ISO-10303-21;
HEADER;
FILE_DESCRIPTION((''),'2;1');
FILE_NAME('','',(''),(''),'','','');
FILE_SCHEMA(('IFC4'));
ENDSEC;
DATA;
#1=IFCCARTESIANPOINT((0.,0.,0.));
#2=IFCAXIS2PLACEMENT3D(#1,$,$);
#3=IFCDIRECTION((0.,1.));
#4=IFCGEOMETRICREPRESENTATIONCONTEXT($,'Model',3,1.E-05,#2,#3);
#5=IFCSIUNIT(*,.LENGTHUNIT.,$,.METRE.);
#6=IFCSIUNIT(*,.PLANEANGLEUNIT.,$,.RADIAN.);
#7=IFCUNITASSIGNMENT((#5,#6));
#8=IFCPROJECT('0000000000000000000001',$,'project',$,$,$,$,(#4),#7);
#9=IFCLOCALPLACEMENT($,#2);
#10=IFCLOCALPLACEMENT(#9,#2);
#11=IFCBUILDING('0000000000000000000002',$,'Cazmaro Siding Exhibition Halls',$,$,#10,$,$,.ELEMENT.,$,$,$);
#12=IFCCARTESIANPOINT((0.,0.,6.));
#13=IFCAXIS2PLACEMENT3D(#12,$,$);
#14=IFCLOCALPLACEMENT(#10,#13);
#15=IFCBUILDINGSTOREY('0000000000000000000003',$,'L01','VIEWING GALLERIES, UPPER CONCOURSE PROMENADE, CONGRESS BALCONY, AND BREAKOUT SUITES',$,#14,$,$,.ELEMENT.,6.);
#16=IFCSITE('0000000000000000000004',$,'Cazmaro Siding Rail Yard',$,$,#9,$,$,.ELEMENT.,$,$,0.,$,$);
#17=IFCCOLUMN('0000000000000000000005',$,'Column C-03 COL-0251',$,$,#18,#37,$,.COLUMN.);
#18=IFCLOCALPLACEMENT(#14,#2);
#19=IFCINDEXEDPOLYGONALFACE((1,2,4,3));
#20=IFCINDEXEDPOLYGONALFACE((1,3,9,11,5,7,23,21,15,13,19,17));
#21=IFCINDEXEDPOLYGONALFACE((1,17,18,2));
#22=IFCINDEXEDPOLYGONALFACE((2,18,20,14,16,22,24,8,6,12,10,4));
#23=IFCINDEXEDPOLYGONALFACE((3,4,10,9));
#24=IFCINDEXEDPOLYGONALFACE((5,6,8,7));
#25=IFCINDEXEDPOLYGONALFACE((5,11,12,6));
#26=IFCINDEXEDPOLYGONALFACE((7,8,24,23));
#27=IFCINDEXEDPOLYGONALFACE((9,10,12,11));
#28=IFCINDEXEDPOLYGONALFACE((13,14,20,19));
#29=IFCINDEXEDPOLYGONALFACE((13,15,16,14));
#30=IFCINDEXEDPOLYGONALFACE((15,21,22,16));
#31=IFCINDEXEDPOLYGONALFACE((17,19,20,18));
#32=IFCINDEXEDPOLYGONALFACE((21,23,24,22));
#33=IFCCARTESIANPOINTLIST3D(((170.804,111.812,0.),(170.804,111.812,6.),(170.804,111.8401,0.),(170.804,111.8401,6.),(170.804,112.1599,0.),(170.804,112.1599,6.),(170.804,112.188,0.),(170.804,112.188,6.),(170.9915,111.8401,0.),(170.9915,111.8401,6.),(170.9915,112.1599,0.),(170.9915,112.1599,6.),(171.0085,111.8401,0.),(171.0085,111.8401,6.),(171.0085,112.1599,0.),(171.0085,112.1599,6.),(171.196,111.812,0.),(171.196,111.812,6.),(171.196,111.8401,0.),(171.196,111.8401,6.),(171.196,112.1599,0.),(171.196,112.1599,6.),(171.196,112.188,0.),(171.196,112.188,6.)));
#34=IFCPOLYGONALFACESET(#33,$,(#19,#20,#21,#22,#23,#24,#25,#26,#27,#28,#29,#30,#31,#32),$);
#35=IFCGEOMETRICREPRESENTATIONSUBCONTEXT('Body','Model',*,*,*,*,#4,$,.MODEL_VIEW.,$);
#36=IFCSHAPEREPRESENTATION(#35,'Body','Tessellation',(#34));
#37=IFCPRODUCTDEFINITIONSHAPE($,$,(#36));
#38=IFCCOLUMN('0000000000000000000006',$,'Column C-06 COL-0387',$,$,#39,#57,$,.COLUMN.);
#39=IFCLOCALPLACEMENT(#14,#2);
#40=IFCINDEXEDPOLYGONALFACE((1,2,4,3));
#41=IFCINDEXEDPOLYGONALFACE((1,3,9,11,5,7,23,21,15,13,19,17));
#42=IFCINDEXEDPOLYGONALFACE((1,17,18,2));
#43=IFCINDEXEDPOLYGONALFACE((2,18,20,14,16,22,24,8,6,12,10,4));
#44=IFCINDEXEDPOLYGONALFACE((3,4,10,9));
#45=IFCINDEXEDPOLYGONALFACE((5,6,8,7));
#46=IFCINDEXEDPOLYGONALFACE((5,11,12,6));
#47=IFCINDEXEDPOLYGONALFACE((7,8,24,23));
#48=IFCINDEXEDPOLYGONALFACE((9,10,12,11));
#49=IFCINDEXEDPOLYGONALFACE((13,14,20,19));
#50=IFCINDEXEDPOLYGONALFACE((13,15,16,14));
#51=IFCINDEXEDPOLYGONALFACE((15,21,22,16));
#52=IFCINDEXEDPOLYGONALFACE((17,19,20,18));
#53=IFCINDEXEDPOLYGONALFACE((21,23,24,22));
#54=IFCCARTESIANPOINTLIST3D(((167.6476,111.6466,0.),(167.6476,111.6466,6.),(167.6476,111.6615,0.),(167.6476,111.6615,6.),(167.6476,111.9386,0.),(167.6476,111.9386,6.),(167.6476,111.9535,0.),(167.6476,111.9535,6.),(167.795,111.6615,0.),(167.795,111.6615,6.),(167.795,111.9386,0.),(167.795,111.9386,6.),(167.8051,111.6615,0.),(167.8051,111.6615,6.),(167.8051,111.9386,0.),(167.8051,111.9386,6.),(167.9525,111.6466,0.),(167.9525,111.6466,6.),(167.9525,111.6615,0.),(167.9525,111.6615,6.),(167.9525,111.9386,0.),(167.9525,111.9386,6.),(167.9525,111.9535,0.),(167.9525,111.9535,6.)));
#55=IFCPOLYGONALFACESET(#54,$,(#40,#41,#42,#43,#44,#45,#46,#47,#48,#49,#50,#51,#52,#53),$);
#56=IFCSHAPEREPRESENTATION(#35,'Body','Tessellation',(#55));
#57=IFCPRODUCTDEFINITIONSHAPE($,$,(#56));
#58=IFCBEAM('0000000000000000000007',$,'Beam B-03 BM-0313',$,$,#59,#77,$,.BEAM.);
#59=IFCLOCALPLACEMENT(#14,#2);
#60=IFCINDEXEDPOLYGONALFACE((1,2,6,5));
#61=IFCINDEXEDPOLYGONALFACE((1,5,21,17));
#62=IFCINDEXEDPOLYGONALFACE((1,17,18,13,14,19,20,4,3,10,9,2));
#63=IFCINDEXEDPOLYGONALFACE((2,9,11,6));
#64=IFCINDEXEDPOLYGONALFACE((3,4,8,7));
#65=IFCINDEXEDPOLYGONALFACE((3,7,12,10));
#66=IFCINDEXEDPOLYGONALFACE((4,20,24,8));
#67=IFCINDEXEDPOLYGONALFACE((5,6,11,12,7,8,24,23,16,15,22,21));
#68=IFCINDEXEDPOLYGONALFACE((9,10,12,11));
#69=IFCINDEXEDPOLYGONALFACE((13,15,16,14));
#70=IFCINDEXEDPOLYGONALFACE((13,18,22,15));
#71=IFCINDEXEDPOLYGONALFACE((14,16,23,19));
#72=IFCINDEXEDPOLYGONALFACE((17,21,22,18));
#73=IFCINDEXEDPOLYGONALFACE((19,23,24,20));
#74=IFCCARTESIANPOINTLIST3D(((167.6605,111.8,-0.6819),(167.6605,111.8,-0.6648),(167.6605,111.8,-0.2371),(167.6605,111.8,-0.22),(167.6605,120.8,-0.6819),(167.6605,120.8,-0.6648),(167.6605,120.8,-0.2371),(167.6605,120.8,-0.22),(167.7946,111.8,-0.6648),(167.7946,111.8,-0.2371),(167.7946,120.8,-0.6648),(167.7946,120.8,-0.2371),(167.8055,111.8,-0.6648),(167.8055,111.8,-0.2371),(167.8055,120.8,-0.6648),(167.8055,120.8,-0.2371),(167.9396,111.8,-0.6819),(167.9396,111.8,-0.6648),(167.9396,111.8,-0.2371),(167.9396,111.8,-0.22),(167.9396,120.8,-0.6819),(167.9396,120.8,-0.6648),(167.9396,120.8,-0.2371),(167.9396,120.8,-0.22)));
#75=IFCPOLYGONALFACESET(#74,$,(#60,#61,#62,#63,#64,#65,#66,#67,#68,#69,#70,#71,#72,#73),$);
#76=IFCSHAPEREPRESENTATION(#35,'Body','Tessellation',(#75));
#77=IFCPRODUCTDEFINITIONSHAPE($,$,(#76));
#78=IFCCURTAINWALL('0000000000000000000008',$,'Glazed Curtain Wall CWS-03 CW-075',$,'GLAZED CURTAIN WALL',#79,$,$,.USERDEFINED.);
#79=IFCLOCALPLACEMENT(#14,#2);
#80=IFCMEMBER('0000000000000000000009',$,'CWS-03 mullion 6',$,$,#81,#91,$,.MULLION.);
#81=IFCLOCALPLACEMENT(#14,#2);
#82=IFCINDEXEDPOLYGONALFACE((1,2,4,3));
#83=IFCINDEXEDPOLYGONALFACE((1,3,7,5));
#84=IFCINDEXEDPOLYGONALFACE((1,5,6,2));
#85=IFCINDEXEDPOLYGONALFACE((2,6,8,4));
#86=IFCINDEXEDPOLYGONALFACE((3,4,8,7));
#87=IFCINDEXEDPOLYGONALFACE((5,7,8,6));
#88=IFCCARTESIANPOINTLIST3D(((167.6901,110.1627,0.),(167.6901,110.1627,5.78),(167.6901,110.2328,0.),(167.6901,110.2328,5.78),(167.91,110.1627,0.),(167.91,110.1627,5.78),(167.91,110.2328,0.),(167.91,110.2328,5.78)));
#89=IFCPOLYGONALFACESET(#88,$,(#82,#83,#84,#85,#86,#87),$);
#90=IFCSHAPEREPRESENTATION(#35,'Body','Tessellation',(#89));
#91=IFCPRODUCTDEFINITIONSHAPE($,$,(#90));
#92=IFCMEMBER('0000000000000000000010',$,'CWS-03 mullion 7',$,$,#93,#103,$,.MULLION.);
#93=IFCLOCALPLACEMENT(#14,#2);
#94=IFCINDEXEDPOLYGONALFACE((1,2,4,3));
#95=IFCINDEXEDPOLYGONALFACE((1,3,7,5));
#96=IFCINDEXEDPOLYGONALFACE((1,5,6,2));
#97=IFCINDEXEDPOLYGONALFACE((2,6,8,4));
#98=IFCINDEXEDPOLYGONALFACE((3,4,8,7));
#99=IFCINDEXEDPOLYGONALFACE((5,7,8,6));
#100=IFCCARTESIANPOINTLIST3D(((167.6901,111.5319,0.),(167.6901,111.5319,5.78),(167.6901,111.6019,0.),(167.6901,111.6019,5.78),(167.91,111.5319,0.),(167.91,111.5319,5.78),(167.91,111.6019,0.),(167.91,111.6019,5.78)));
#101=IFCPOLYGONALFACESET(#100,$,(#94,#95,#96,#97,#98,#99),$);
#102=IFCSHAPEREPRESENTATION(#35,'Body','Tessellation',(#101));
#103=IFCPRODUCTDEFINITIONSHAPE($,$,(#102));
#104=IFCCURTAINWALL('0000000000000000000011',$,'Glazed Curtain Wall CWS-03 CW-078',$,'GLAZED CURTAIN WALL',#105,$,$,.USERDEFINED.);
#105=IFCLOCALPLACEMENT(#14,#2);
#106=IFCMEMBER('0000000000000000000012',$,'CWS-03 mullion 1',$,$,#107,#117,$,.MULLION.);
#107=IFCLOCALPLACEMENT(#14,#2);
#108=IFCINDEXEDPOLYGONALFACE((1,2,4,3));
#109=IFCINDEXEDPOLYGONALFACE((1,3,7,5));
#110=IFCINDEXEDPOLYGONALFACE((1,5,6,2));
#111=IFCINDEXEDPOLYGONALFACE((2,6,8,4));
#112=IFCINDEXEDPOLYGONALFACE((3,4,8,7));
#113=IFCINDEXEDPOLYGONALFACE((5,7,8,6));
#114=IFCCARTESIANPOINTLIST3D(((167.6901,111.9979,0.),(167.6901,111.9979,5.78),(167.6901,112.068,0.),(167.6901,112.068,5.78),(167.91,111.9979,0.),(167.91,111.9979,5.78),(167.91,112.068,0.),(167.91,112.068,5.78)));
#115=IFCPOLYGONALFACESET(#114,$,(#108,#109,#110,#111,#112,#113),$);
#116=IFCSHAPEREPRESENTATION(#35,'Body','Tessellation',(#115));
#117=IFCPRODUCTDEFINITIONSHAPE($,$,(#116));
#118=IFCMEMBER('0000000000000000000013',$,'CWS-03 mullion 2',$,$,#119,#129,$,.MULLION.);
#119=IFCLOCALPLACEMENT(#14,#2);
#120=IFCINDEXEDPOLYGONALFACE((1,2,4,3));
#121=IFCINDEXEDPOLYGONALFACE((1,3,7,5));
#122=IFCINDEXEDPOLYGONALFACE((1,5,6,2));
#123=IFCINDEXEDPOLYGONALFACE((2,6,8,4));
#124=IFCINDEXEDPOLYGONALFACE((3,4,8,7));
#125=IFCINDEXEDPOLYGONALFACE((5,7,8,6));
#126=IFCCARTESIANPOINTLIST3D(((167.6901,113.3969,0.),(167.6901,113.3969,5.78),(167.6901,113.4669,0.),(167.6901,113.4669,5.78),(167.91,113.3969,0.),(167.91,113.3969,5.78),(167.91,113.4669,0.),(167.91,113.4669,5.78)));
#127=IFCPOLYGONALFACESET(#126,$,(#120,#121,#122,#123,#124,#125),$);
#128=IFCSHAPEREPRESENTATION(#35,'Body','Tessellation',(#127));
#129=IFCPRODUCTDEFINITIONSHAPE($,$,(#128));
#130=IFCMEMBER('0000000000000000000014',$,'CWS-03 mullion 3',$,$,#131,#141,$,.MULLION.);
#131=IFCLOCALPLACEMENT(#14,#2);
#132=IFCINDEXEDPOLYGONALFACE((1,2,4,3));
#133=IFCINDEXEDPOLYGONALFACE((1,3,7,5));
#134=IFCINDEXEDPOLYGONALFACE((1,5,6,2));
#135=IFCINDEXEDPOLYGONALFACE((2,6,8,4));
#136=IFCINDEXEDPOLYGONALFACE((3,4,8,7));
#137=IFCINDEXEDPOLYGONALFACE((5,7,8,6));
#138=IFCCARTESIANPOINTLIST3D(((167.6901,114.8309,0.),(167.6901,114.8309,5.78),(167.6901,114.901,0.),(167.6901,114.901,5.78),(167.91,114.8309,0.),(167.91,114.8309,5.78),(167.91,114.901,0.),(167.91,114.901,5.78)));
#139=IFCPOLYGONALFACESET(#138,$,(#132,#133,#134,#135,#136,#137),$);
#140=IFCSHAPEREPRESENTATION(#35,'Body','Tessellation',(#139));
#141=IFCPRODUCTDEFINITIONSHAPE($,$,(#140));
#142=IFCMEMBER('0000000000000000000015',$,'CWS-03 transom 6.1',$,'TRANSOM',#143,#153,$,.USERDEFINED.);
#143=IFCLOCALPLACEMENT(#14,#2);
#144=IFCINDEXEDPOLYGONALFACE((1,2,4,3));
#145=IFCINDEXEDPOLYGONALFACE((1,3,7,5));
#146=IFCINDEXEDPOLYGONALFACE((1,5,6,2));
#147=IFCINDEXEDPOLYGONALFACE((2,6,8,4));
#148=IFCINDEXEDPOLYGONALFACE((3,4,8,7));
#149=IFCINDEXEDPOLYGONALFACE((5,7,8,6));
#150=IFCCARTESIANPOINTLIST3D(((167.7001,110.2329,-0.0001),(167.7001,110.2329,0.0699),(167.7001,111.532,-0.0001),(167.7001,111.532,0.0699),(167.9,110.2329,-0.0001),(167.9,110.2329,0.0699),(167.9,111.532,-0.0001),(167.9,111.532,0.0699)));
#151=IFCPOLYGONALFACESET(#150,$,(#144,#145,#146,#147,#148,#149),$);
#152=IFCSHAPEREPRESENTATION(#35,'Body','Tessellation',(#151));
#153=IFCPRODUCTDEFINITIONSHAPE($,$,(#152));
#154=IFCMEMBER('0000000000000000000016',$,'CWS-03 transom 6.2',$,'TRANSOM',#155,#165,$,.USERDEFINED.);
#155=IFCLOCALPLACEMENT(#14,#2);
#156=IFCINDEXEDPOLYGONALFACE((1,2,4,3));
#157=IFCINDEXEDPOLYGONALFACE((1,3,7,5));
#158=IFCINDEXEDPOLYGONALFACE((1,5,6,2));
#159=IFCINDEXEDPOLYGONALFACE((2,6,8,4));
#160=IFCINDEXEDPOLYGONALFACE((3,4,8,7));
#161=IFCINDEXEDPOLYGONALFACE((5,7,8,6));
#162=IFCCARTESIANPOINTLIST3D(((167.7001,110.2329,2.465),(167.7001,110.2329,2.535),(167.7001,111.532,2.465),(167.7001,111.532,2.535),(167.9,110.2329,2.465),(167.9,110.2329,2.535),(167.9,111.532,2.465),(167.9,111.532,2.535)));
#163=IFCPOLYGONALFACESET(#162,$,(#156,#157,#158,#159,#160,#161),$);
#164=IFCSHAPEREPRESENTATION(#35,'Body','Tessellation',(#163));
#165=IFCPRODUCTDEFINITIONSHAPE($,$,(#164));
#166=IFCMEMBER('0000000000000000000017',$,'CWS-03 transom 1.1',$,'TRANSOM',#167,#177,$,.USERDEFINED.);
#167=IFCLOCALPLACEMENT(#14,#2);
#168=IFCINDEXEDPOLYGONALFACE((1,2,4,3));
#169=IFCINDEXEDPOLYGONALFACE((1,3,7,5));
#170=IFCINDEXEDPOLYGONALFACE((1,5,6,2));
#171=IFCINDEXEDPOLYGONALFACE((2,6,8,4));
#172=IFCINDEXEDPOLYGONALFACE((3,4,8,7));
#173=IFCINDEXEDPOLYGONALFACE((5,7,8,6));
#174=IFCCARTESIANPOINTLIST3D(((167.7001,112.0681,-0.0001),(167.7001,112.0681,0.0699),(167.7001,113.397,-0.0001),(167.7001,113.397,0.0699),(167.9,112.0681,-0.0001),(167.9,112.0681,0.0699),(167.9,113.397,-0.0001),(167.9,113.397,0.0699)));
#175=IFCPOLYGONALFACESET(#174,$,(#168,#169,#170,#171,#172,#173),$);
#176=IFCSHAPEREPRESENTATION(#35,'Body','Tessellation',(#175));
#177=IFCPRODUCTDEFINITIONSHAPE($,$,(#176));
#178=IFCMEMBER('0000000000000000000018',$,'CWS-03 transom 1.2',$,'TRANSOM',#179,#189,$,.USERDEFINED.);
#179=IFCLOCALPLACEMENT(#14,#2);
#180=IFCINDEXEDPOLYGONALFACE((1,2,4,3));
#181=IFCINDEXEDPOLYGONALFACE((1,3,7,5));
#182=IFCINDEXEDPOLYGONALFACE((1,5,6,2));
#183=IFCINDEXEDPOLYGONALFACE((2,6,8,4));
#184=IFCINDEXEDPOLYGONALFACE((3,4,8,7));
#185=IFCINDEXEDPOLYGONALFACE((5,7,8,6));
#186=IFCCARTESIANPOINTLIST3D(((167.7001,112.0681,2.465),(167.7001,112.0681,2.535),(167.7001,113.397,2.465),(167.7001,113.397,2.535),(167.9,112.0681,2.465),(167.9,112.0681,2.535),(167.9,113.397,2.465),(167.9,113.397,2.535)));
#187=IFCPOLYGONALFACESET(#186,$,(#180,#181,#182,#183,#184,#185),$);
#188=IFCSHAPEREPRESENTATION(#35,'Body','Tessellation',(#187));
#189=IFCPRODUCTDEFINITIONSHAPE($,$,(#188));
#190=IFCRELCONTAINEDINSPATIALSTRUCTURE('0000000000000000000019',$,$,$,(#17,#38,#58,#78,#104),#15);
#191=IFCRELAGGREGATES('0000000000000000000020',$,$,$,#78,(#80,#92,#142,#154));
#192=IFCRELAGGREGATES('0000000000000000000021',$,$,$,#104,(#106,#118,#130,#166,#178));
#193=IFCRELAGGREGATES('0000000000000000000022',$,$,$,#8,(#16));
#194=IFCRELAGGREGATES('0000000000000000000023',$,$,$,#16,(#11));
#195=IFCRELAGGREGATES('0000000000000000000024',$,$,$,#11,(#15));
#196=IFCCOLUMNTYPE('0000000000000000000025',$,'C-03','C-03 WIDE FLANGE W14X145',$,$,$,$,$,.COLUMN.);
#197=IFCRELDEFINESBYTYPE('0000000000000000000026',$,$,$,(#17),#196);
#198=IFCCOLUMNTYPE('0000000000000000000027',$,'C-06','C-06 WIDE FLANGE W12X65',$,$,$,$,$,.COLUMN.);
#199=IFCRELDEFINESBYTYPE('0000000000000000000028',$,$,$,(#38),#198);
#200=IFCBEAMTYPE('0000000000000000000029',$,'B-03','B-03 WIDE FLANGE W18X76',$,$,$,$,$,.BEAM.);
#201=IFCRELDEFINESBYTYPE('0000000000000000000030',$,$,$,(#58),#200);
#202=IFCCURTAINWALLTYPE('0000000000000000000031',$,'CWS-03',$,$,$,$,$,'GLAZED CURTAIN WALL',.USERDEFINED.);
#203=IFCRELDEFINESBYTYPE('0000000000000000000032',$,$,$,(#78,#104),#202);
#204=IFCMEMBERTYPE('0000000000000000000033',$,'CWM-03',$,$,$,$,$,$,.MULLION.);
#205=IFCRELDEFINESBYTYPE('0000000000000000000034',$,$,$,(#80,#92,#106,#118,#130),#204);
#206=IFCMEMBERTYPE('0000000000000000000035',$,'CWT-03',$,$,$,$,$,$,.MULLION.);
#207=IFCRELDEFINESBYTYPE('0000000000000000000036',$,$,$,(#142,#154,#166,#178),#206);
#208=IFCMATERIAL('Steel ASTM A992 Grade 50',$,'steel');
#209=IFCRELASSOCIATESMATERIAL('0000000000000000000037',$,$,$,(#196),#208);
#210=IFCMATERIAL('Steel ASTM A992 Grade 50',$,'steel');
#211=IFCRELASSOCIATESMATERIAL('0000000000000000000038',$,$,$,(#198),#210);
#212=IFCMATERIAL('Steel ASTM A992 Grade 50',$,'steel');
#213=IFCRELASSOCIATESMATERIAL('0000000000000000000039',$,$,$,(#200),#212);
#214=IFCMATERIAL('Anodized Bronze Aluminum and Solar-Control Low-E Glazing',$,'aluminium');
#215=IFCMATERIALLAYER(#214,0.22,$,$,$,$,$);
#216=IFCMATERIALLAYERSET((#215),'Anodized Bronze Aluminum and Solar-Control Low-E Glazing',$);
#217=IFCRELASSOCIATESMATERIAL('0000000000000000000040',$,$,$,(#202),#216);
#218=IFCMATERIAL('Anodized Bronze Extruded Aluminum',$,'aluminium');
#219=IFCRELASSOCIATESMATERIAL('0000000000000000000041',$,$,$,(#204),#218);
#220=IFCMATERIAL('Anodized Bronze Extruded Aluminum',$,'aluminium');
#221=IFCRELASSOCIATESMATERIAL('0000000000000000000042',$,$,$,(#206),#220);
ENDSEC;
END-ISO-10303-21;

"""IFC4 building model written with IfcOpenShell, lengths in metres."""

from ifc_helpers import new_model, si_unit, direction, frame, origin, origin_2d, place, context, subcontext, project, spatial, rectangle, i_section, extrude, material, layer, layer_set, material_profile, profile_set, type_object, element, aggregate, save


model = new_model("IFC4")

# Units and contexts
model_context = context("Model", 3, precision=1e-05, world=origin(), true_north=direction((0.0, 1.0)))
body_context = subcontext(model_context, "Body", "Model", "MODEL_VIEW")
ifc_project = project(units=[si_unit("LENGTHUNIT", "METRE"), si_unit("PLANEANGLEUNIT", "RADIAN")], contexts=[model_context])

# Site, building, storey
site_placement = place(None, origin())
site = spatial("IfcSite", under=ifc_project, at=site_placement, Name="Cazmaro Siding Rail Yard", CompositionType="ELEMENT", RefElevation=0.0)
building_placement = place(site_placement, origin())
building = spatial("IfcBuilding", under=site, at=building_placement, Name="Cazmaro Siding Exhibition Halls", CompositionType="ELEMENT")
storey_placement = place(building_placement, frame((0.0, 0.0, 6.0)))
storey = spatial("IfcBuildingStorey", under=building, at=storey_placement, Name="L01", Description="VIEWING GALLERIES, UPPER CONCOURSE PROMENADE, CONGRESS BALCONY, AND BREAKOUT SUITES", CompositionType="ELEMENT", Elevation=6.0)

# Columns
ifc_material_1 = material(Name="Steel ASTM A992 Grade 50", Category="steel")
ifc_material_profile_1 = material_profile(ifc_material_1, i_section(OverallWidth=0.3921, OverallDepth=0.376, WebThickness=0.0171, FlangeThickness=0.0281, at=origin_2d()), Name="W14X145")
ifc_profile_set_1 = profile_set([ifc_material_profile_1], Name="Steel ASTM A992 Grade 50")
column_type_1 = type_object("IfcColumnType", Name="C-03", Description="C-03 WIDE FLANGE W14X145", PredefinedType="COLUMN", material=ifc_profile_set_1)
column_1_placement = place(storey_placement, frame((171.0, 112.0, 0.0), z_axis=(0.0, 0.0, 1.0), x_axis=(1.0, 0.0, 0.0)))
element("IfcColumn", 1, at=column_1_placement, inside=storey, type_object=column_type_1, Name="Column C-03 COL-0251", PredefinedType="COLUMN", context=body_context, shape_type="SweptSolid", body=[
    extrude(i_section(OverallWidth=0.3921, OverallDepth=0.376, WebThickness=0.0171, FlangeThickness=0.0281, at=origin_2d()), origin(), (0.0, 0.0, 1.0), 6.0),
])
ifc_material_2 = material(Name="Steel ASTM A992 Grade 50", Category="steel")
ifc_material_profile_2 = material_profile(ifc_material_2, i_section(OverallWidth=0.3049, OverallDepth=0.3069, WebThickness=0.01, FlangeThickness=0.0149, at=origin_2d()), Name="W12X65")
ifc_profile_set_2 = profile_set([ifc_material_profile_2], Name="Steel ASTM A992 Grade 50")
column_type_2 = type_object("IfcColumnType", Name="C-06", Description="C-06 WIDE FLANGE W12X65", PredefinedType="COLUMN", material=ifc_profile_set_2)
column_2_placement = place(storey_placement, frame((167.8, 111.8, 0.0), z_axis=(0.0, 0.0, 1.0), x_axis=(1.0, 0.0, 0.0)))
element("IfcColumn", 2, at=column_2_placement, inside=storey, type_object=column_type_2, Name="Column C-06 COL-0387", PredefinedType="COLUMN", context=body_context, shape_type="SweptSolid", body=[
    extrude(i_section(OverallWidth=0.3049, OverallDepth=0.3069, WebThickness=0.01, FlangeThickness=0.0149, at=origin_2d()), origin(), (0.0, 0.0, 1.0), 6.0),
])

# Beam
ifc_material_3 = material(Name="Steel ASTM A992 Grade 50", Category="steel")
ifc_material_profile_3 = material_profile(ifc_material_3, i_section(OverallWidth=0.2791, OverallDepth=0.4619, WebThickness=0.011, FlangeThickness=0.0171, at=origin_2d()), Name="W18X76")
ifc_profile_set_3 = profile_set([ifc_material_profile_3], Name="Steel ASTM A992 Grade 50")
beam_type_1 = type_object("IfcBeamType", Name="B-03", Description="B-03 WIDE FLANGE W18X76", PredefinedType="BEAM", material=ifc_profile_set_3)
beam_1_placement = place(storey_placement, frame((167.8, 111.8, -0.4509), z_axis=(0.0, 1.0, 0.0), x_axis=(-1.0, 0.0, 0.0)))
element("IfcBeam", 3, at=beam_1_placement, inside=storey, type_object=beam_type_1, Name="Beam B-03 BM-0313", PredefinedType="BEAM", context=body_context, shape_type="SweptSolid", body=[
    extrude(i_section(OverallWidth=0.2791, OverallDepth=0.4619, WebThickness=0.011, FlangeThickness=0.0171, at=origin_2d()), origin(), (0.0, 0.0, 1.0), 9.0),
])

# Curtain walls, members
ifc_material_4 = material(Name="Anodized Bronze Aluminum and Solar-Control Low-E Glazing", Category="aluminium")
ifc_layer_1 = layer(ifc_material_4, 0.22)
ifc_layer_set_1 = layer_set([ifc_layer_1], Name="Anodized Bronze Aluminum and Solar-Control Low-E Glazing")
curtain_wall_type = type_object("IfcCurtainWallType", Name="CWS-03", ElementType="GLAZED CURTAIN WALL", PredefinedType="USERDEFINED", material=ifc_layer_set_1)
curtain_wall_1_placement = place(storey_placement, origin())
curtain_wall_1 = element("IfcCurtainWall", 4, at=curtain_wall_1_placement, inside=storey, type_object=curtain_wall_type, Name="Glazed Curtain Wall CWS-03 CW-075", ObjectType="GLAZED CURTAIN WALL", PredefinedType="USERDEFINED")
ifc_material_5 = material(Name="Anodized Bronze Extruded Aluminum", Category="aluminium")
ifc_material_profile_4 = material_profile(ifc_material_5, rectangle(XDim=0.22, YDim=0.0701, at=origin_2d()), Name="CWM-03")
ifc_profile_set_4 = profile_set([ifc_material_profile_4], Name="Anodized Bronze Extruded Aluminum")
member_type_1 = type_object("IfcMemberType", Name="CWM-03", PredefinedType="MULLION", material=ifc_profile_set_4)
member_1_placement = place(storey_placement, frame((167.8, 110.1978, 0.0), z_axis=(0.0, 0.0, 1.0), x_axis=(-1.0, 0.0, 0.0)))
member_1 = element("IfcMember", 5, at=member_1_placement, type_object=member_type_1, Name="CWS-03 mullion 6", PredefinedType="MULLION", context=body_context, shape_type="SweptSolid", body=[
    extrude(rectangle(XDim=0.22, YDim=0.0701, at=origin_2d()), origin(), (0.0, 0.0, 1.0), 5.78),
])
member_2_placement = place(storey_placement, frame((167.8, 111.5669, 0.0), z_axis=(0.0, 0.0, 1.0), x_axis=(-1.0, 0.0, 0.0)))
member_2 = element("IfcMember", 6, at=member_2_placement, type_object=member_type_1, Name="CWS-03 mullion 7", PredefinedType="MULLION", context=body_context, shape_type="SweptSolid", body=[
    extrude(rectangle(XDim=0.22, YDim=0.0701, at=origin_2d()), origin(), (0.0, 0.0, 1.0), 5.78),
])
curtain_wall_2_placement = place(storey_placement, origin())
curtain_wall_2 = element("IfcCurtainWall", 7, at=curtain_wall_2_placement, inside=storey, type_object=curtain_wall_type, Name="Glazed Curtain Wall CWS-03 CW-078", ObjectType="GLAZED CURTAIN WALL", PredefinedType="USERDEFINED")
member_3_placement = place(storey_placement, frame((167.8, 112.033, 0.0), z_axis=(0.0, 0.0, 1.0), x_axis=(-1.0, 0.0, 0.0)))
member_3 = element("IfcMember", 8, at=member_3_placement, type_object=member_type_1, Name="CWS-03 mullion 1", PredefinedType="MULLION", context=body_context, shape_type="SweptSolid", body=[
    extrude(rectangle(XDim=0.22, YDim=0.0701, at=origin_2d()), origin(), (0.0, 0.0, 1.0), 5.78),
])
member_4_placement = place(storey_placement, frame((167.8, 113.4319, 0.0), z_axis=(0.0, 0.0, 1.0), x_axis=(-1.0, 0.0, 0.0)))
member_4 = element("IfcMember", 9, at=member_4_placement, type_object=member_type_1, Name="CWS-03 mullion 2", PredefinedType="MULLION", context=body_context, shape_type="SweptSolid", body=[
    extrude(rectangle(XDim=0.22, YDim=0.0701, at=origin_2d()), origin(), (0.0, 0.0, 1.0), 5.78),
])
member_5_placement = place(storey_placement, frame((167.8, 114.866, 0.0), z_axis=(0.0, 0.0, 1.0), x_axis=(-1.0, 0.0, 0.0)))
member_5 = element("IfcMember", 10, at=member_5_placement, type_object=member_type_1, Name="CWS-03 mullion 3", PredefinedType="MULLION", context=body_context, shape_type="SweptSolid", body=[
    extrude(rectangle(XDim=0.22, YDim=0.0701, at=origin_2d()), origin(), (0.0, 0.0, 1.0), 5.78),
])

# Members
ifc_material_6 = material(Name="Anodized Bronze Extruded Aluminum", Category="aluminium")
ifc_material_profile_5 = material_profile(ifc_material_6, rectangle(XDim=0.2, YDim=0.0701, at=origin_2d()), Name="CWT-03")
ifc_profile_set_5 = profile_set([ifc_material_profile_5], Name="Anodized Bronze Extruded Aluminum")
member_type_2 = type_object("IfcMemberType", Name="CWT-03", PredefinedType="MULLION", material=ifc_profile_set_5)
member_6_placement = place(storey_placement, frame((167.8, 110.2329, 0.0349), z_axis=(0.0, 1.0, 0.0), x_axis=(-1.0, 0.0, 0.0)))
member_6 = element("IfcMember", 11, at=member_6_placement, type_object=member_type_2, Name="CWS-03 transom 6.1", ObjectType="TRANSOM", PredefinedType="USERDEFINED", context=body_context, shape_type="SweptSolid", body=[
    extrude(rectangle(XDim=0.2, YDim=0.0701, at=origin_2d()), origin(), (0.0, 0.0, 1.0), 1.2991),
])
member_7_placement = place(storey_placement, frame((167.8, 110.2329, 2.5), z_axis=(0.0, 1.0, 0.0), x_axis=(-1.0, 0.0, 0.0)))
member_7 = element("IfcMember", 12, at=member_7_placement, type_object=member_type_2, Name="CWS-03 transom 6.2", ObjectType="TRANSOM", PredefinedType="USERDEFINED", context=body_context, shape_type="SweptSolid", body=[
    extrude(rectangle(XDim=0.2, YDim=0.0701, at=origin_2d()), origin(), (0.0, 0.0, 1.0), 1.2991),
])
member_8_placement = place(storey_placement, frame((167.8, 112.0681, 0.0349), z_axis=(0.0, 1.0, 0.0), x_axis=(-1.0, 0.0, 0.0)))
member_8 = element("IfcMember", 13, at=member_8_placement, type_object=member_type_2, Name="CWS-03 transom 1.1", ObjectType="TRANSOM", PredefinedType="USERDEFINED", context=body_context, shape_type="SweptSolid", body=[
    extrude(rectangle(XDim=0.2, YDim=0.0701, at=origin_2d()), origin(), (0.0, 0.0, 1.0), 1.3289),
])
member_9_placement = place(storey_placement, frame((167.8, 112.0681, 2.5), z_axis=(0.0, 1.0, 0.0), x_axis=(-1.0, 0.0, 0.0)))
member_9 = element("IfcMember", 14, at=member_9_placement, type_object=member_type_2, Name="CWS-03 transom 1.2", ObjectType="TRANSOM", PredefinedType="USERDEFINED", context=body_context, shape_type="SweptSolid", body=[
    extrude(rectangle(XDim=0.2, YDim=0.0701, at=origin_2d()), origin(), (0.0, 0.0, 1.0), 1.3289),
])

aggregate(curtain_wall_1, [member_1, member_2, member_6, member_7])
aggregate(curtain_wall_2, [member_3, member_4, member_5, member_8, member_9])

save(model, "model.ifc")
